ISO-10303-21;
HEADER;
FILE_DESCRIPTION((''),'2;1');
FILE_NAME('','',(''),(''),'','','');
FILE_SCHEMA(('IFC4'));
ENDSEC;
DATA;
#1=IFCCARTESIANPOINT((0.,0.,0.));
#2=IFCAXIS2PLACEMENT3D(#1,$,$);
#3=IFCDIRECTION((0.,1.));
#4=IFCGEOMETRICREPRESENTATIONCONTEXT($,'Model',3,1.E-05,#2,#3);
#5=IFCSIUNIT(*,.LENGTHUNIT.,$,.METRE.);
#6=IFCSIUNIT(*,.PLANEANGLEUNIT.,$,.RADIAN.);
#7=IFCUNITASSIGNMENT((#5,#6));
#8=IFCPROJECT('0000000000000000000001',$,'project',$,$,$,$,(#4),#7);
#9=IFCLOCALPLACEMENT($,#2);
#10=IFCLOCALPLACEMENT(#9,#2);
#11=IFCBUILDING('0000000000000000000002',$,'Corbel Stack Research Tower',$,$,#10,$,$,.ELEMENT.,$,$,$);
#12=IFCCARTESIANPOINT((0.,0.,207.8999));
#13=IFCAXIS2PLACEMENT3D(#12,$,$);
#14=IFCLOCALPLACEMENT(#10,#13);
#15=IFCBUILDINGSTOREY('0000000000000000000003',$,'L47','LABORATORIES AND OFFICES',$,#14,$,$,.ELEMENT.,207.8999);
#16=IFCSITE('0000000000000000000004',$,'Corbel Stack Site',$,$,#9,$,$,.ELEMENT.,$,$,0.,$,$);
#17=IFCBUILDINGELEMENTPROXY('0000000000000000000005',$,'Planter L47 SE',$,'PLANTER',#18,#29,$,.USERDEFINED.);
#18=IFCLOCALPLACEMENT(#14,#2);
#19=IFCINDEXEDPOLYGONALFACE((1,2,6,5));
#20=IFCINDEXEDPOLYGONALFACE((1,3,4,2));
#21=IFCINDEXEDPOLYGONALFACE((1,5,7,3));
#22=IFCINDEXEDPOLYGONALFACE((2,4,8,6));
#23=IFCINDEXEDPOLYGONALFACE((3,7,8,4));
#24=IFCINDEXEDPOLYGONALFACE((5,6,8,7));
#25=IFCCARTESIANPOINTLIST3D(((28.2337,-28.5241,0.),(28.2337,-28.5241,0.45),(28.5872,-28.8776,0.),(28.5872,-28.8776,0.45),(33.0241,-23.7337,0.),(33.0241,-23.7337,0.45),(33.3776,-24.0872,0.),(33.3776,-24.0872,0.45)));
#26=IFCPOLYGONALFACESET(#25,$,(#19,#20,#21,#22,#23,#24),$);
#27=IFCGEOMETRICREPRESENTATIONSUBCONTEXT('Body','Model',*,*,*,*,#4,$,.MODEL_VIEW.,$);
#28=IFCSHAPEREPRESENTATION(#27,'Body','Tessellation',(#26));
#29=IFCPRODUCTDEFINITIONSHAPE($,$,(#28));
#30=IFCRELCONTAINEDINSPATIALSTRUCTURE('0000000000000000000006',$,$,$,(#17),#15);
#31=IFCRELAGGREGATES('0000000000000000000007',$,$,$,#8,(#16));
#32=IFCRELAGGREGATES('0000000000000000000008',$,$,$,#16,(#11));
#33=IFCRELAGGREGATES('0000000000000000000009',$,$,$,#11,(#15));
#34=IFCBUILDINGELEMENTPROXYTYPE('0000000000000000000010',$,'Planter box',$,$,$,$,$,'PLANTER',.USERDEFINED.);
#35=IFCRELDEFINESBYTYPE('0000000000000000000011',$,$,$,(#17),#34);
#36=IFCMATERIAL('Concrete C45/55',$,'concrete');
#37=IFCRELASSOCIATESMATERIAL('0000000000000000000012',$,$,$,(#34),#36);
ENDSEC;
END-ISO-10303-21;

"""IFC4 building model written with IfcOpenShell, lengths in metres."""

from ifc_helpers import new_model, si_unit, direction, frame, origin, origin_2d, place, context, subcontext, project, spatial, rectangle, extrude, material, type_object, element, save


model = new_model("IFC4")

# Units and contexts
model_context = context("Model", 3, precision=1e-05, world=origin(), true_north=direction((0.0, 1.0)))
body_context = subcontext(model_context, "Body", "Model", "MODEL_VIEW")
ifc_project = project(units=[si_unit("LENGTHUNIT", "METRE"), si_unit("PLANEANGLEUNIT", "RADIAN")], contexts=[model_context])

# Site, building, storey
site_placement = place(None, origin())
site = spatial("IfcSite", under=ifc_project, at=site_placement, Name="Corbel Stack Site", CompositionType="ELEMENT", RefElevation=0.0)
building_placement = place(site_placement, origin())
building = spatial("IfcBuilding", under=site, at=building_placement, Name="Corbel Stack Research Tower", CompositionType="ELEMENT")
storey_placement = place(building_placement, frame((0.0, 0.0, 207.8999)))
storey = spatial("IfcBuildingStorey", under=building, at=storey_placement, Name="L47", Description="LABORATORIES AND OFFICES", CompositionType="ELEMENT", Elevation=207.8999)

# Building element proxy
ifc_material_1 = material(Name="Concrete C45/55", Category="concrete")
building_element_proxy_type = type_object("IfcBuildingElementProxyType", Name="Planter box", ElementType="PLANTER", PredefinedType="USERDEFINED", material=ifc_material_1)
proxy_placement = place(storey_placement, frame((30.8057, -26.3057, 0.0), z_axis=(0.0, 0.0, 1.0), x_axis=(0.707107, 0.707107, 0.0)))
element("IfcBuildingElementProxy", 1, at=proxy_placement, inside=storey, type_object=building_element_proxy_type, Name="Planter L47 SE", ObjectType="PLANTER", PredefinedType="USERDEFINED", context=body_context, shape_type="SweptSolid", body=[
    extrude(rectangle(XDim=6.7747, YDim=0.5, at=origin_2d()), origin(), (0.0, 0.0, 1.0), 0.45),
])

save(model, "model.ifc")
